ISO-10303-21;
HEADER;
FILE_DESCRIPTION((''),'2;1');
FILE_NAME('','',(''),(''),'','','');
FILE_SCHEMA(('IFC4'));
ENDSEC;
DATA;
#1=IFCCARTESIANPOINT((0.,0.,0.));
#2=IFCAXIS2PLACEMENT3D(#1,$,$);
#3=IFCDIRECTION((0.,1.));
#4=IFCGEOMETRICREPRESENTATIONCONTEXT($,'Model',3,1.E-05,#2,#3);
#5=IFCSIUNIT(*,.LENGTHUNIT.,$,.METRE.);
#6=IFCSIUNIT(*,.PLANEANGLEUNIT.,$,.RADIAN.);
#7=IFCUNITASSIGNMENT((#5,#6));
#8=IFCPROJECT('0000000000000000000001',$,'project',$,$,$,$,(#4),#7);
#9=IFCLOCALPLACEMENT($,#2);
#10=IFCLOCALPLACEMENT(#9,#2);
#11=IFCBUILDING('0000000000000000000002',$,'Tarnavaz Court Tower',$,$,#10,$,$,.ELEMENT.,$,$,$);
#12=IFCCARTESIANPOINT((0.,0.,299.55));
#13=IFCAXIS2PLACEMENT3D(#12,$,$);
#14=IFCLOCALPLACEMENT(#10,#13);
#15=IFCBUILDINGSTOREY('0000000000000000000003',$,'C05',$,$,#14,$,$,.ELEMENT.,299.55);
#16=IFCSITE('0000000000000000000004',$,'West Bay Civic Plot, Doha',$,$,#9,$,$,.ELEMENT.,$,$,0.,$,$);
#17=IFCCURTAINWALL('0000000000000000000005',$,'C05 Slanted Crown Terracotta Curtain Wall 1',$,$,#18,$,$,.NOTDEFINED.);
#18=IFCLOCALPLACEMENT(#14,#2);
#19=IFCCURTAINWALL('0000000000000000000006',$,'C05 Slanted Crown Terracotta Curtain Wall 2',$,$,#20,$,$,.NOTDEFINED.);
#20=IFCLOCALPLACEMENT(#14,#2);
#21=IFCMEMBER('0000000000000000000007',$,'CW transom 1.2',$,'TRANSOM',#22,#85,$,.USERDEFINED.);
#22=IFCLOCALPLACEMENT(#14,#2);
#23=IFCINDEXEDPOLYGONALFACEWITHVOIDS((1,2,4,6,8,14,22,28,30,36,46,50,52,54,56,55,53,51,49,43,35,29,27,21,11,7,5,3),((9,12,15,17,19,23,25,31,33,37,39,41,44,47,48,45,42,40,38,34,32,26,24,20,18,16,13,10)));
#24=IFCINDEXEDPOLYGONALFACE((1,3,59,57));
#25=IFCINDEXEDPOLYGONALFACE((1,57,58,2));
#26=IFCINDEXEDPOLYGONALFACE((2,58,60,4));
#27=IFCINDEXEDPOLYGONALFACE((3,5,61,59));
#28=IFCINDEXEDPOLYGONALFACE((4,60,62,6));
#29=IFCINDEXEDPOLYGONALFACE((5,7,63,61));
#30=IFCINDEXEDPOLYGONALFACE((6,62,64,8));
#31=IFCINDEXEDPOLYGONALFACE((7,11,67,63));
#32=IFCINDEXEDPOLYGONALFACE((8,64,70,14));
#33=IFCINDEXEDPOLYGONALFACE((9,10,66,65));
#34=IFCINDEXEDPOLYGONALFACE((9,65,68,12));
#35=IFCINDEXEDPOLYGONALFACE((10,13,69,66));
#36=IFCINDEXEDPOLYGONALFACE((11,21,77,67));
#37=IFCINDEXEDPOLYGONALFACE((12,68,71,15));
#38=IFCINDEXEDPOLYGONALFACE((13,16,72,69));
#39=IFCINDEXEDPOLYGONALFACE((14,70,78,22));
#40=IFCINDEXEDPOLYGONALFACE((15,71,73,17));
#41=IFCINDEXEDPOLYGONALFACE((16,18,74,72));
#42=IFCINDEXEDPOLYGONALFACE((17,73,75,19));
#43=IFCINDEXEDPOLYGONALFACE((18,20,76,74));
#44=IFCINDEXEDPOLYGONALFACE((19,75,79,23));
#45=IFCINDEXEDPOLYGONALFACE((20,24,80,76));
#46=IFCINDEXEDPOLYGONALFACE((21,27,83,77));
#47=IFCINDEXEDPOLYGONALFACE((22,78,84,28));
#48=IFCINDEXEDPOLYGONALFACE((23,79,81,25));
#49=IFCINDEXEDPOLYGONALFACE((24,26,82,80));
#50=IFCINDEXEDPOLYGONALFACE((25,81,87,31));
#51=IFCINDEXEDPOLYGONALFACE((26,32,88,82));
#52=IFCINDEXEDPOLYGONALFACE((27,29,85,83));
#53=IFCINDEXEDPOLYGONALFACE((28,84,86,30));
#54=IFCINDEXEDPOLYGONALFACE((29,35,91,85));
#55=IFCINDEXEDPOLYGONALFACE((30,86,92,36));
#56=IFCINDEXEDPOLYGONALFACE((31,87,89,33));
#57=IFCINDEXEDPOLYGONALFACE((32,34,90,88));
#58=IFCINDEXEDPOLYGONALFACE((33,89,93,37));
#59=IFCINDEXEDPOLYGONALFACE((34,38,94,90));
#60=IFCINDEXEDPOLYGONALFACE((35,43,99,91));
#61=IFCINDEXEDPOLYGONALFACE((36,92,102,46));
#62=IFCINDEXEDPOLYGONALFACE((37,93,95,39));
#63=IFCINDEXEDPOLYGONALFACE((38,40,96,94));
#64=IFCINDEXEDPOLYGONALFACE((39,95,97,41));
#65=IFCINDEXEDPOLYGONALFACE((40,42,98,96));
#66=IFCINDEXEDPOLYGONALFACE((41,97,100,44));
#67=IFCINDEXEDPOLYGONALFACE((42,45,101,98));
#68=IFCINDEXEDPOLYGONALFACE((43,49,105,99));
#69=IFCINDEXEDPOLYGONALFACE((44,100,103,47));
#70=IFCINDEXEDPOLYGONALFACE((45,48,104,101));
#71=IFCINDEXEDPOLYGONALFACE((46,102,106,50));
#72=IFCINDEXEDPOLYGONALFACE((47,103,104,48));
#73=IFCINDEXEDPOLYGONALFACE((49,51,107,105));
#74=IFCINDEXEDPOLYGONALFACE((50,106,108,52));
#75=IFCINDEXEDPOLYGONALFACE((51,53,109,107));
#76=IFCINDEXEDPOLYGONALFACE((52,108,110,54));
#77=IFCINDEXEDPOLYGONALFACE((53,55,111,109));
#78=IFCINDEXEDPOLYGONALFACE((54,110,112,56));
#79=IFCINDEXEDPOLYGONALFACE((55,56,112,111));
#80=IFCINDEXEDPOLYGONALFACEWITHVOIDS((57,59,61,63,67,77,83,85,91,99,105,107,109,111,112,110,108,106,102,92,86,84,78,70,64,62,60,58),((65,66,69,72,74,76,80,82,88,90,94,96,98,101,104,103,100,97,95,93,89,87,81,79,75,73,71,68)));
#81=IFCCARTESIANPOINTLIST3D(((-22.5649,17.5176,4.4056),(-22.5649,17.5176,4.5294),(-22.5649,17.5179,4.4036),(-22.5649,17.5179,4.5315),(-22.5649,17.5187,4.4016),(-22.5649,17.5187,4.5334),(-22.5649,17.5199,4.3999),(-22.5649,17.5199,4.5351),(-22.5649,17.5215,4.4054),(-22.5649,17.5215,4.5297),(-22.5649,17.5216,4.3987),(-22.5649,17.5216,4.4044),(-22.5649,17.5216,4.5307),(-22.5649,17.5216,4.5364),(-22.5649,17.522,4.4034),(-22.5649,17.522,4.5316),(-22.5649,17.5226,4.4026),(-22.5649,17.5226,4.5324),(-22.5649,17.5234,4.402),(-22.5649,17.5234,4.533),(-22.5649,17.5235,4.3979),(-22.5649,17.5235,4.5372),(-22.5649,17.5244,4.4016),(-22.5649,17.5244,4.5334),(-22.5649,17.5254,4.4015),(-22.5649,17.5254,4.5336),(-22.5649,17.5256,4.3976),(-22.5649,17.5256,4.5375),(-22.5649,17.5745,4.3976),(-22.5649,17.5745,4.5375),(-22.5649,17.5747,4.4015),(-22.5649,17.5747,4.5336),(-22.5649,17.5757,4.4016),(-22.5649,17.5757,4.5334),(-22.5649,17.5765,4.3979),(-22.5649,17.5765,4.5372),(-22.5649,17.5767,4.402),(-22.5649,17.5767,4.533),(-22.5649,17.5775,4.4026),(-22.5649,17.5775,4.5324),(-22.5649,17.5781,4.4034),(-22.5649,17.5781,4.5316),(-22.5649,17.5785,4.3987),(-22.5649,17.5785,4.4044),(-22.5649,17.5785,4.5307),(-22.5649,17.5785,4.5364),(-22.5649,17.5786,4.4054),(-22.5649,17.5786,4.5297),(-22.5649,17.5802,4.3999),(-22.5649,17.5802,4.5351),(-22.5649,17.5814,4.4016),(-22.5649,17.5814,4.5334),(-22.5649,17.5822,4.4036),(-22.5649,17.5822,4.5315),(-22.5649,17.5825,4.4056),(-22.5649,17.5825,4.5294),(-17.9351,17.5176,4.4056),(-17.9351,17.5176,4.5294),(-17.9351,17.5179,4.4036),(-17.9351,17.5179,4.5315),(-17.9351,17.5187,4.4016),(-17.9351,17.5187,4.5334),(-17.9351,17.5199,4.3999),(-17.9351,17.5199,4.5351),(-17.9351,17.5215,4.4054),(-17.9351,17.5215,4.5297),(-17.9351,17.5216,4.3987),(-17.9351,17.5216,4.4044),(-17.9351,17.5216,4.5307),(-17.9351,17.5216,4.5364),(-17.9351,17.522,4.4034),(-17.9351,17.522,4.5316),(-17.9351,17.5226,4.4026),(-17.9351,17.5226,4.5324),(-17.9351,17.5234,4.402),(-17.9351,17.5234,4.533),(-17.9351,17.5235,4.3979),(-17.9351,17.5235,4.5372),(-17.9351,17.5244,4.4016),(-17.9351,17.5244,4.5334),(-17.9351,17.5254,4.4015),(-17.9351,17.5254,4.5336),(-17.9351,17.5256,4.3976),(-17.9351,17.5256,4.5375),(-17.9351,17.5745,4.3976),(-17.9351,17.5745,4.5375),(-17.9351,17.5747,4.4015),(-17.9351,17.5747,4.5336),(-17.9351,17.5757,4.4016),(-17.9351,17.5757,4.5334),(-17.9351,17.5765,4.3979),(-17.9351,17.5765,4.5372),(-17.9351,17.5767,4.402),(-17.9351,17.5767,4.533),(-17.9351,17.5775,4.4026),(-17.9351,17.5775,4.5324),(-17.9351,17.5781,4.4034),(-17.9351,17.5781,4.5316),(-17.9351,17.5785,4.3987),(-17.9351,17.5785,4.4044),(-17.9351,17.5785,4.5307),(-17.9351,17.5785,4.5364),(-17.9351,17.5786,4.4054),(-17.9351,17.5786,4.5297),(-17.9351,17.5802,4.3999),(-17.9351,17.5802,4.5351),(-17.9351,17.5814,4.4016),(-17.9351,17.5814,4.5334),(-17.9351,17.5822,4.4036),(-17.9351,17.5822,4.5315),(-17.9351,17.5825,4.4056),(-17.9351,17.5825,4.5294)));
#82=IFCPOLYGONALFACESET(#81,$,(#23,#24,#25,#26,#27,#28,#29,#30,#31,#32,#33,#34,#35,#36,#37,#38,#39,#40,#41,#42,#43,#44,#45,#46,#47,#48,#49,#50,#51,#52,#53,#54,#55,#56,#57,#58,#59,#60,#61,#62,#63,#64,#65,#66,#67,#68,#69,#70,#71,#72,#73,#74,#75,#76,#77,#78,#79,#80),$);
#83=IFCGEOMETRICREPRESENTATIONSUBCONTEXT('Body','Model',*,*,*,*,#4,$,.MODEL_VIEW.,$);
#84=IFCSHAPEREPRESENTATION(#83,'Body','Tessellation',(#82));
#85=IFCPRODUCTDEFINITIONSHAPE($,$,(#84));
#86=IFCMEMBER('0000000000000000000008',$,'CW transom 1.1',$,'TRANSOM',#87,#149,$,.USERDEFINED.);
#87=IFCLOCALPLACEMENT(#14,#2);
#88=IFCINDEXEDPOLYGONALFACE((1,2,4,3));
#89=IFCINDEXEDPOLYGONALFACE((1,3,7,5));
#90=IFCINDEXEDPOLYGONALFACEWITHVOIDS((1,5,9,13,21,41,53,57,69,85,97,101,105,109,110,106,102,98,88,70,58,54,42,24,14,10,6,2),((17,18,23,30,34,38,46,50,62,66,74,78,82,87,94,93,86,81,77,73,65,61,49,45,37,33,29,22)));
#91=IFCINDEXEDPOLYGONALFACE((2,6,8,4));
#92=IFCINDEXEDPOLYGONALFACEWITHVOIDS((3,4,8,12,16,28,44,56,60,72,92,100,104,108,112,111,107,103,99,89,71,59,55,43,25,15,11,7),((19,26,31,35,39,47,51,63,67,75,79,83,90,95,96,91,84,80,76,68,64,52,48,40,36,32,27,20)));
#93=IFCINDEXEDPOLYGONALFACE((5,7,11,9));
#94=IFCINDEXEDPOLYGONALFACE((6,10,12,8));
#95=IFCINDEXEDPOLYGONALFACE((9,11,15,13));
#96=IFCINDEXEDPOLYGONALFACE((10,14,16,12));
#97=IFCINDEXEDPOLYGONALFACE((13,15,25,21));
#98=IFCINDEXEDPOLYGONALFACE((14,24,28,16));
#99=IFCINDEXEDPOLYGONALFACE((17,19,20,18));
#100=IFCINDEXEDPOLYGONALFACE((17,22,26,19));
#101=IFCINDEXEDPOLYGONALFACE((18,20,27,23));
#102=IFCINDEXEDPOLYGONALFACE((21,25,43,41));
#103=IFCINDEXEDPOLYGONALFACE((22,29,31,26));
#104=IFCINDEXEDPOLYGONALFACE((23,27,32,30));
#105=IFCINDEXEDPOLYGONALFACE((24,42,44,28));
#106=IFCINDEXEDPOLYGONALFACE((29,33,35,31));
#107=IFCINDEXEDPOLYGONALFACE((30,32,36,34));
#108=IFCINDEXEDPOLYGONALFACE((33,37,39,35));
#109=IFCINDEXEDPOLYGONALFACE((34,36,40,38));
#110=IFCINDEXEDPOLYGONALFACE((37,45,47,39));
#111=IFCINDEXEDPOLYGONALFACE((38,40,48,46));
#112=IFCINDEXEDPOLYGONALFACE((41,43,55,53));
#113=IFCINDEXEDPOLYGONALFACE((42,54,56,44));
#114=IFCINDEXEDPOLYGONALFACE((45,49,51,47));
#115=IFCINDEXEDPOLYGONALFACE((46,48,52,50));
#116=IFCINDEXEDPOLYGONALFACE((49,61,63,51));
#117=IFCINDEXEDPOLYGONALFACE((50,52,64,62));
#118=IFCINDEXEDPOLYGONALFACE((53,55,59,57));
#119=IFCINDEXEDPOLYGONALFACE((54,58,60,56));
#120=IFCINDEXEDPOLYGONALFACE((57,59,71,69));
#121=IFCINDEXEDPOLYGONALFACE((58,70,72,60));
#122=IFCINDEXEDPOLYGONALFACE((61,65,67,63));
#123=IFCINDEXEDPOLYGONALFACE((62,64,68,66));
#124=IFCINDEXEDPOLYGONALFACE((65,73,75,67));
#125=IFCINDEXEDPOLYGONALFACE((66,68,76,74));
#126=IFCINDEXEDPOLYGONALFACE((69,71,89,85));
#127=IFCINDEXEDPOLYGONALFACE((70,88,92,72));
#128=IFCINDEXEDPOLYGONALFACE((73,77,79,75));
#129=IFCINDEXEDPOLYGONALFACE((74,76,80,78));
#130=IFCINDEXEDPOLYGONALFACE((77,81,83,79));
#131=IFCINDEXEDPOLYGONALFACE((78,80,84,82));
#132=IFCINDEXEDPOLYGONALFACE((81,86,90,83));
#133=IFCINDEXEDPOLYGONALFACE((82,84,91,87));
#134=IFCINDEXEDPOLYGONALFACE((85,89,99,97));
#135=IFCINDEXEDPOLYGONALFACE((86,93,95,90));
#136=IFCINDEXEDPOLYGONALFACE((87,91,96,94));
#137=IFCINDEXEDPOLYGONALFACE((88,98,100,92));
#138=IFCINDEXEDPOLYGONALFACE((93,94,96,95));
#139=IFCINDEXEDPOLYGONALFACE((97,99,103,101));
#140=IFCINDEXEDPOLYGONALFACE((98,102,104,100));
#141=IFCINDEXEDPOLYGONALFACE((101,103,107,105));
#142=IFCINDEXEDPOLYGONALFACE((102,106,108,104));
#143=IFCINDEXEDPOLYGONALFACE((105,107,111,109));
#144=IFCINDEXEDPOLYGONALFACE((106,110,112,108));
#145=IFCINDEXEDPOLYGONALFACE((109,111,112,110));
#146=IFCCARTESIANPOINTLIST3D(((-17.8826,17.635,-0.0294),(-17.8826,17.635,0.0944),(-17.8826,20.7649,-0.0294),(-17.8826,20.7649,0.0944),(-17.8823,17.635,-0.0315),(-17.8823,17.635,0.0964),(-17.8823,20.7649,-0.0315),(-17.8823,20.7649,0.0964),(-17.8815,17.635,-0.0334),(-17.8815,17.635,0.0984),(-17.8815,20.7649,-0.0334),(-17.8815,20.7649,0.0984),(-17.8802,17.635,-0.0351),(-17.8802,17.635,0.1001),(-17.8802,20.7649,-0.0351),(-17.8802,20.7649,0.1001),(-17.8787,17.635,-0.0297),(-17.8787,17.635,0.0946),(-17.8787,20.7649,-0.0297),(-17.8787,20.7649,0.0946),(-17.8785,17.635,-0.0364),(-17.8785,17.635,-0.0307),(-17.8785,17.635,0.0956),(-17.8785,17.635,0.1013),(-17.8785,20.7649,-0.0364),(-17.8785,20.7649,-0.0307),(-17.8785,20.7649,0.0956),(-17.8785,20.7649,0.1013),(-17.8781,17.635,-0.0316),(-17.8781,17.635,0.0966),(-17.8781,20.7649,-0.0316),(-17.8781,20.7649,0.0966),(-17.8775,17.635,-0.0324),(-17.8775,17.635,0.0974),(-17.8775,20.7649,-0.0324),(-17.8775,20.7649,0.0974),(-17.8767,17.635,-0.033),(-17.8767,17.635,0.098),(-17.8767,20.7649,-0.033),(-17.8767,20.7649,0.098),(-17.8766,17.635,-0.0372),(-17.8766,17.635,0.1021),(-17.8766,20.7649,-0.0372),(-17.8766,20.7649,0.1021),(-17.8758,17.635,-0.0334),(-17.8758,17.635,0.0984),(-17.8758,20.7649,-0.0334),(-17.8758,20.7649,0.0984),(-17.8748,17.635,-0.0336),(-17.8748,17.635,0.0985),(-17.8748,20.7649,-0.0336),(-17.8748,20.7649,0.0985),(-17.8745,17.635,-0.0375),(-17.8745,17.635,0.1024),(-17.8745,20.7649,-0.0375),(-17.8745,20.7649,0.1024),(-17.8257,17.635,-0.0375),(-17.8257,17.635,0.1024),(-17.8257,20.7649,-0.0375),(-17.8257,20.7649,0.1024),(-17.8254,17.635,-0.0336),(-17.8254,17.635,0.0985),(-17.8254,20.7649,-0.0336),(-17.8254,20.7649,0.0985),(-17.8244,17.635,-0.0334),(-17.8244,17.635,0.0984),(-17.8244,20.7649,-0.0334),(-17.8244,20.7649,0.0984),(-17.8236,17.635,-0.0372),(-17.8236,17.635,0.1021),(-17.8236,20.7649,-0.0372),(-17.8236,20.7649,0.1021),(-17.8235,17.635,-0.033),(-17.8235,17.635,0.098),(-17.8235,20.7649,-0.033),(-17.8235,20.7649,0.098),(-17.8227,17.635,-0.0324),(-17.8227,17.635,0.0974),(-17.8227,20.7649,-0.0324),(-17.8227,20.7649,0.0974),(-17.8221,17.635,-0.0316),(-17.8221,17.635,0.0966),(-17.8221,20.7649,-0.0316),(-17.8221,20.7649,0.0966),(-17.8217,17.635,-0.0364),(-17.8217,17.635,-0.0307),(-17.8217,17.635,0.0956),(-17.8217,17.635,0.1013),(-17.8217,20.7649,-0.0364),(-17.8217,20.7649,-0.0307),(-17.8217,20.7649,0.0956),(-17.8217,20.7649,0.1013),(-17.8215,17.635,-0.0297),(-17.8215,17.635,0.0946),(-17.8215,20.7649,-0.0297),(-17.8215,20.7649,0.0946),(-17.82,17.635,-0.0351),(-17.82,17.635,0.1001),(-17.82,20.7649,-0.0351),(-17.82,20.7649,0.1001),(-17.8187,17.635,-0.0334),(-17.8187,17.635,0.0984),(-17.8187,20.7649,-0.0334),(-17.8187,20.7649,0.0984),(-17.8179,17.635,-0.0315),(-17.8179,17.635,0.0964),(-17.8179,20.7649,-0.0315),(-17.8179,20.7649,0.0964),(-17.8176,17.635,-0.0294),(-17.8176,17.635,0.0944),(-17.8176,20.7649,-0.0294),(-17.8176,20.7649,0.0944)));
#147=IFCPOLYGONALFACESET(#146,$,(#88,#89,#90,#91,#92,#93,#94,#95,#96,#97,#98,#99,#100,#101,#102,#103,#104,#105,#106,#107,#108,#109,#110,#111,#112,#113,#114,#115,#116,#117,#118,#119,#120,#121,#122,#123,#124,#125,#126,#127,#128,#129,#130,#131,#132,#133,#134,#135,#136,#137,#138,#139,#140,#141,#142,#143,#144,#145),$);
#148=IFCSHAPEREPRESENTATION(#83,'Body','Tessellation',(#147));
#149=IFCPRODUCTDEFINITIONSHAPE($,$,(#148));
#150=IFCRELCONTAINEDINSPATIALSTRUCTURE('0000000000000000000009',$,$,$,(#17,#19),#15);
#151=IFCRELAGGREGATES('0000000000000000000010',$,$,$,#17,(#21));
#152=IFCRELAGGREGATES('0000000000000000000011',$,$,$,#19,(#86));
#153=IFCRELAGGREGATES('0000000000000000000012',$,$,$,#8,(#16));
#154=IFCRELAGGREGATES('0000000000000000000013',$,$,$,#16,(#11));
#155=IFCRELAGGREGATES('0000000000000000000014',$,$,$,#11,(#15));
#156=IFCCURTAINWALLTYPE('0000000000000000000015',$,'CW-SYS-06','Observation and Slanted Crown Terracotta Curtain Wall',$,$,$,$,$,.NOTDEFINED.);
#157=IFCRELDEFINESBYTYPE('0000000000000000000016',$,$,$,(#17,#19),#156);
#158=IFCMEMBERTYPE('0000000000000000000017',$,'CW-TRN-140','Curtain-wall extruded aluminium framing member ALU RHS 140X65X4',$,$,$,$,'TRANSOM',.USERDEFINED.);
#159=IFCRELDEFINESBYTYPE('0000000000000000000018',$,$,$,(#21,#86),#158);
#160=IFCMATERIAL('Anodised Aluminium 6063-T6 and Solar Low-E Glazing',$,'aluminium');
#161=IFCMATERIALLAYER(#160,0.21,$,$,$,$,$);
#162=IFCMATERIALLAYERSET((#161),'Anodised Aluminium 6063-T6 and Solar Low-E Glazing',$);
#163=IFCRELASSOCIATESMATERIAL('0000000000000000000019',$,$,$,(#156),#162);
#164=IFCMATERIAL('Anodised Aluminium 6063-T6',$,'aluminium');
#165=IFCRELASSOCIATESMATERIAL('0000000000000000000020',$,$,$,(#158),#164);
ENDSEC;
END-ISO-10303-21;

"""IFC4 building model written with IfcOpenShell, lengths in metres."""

from ifc_helpers import new_model, si_unit, direction, frame, origin, origin_2d, place, context, subcontext, project, spatial, hollow_rectangle, extrude, material, layer, layer_set, material_profile, profile_set, type_object, element, aggregate, save


model = new_model("IFC4")

# Units and contexts
model_context = context("Model", 3, precision=1e-05, world=origin(), true_north=direction((0.0, 1.0)))
body_context = subcontext(model_context, "Body", "Model", "MODEL_VIEW")
ifc_project = project(units=[si_unit("LENGTHUNIT", "METRE"), si_unit("PLANEANGLEUNIT", "RADIAN")], contexts=[model_context])

# Site, building, storey
site_placement = place(None, origin())
site = spatial("IfcSite", under=ifc_project, at=site_placement, Name="West Bay Civic Plot, Doha", CompositionType="ELEMENT", RefElevation=0.0)
building_placement = place(site_placement, origin())
building = spatial("IfcBuilding", under=site, at=building_placement, Name="Tarnavaz Court Tower", CompositionType="ELEMENT")
storey_placement = place(building_placement, frame((0.0, 0.0, 299.55)))
storey = spatial("IfcBuildingStorey", under=building, at=storey_placement, Name="C05", CompositionType="ELEMENT", Elevation=299.55)

# Curtain wall
ifc_material_1 = material(Name="Anodised Aluminium 6063-T6 and Solar Low-E Glazing", Category="aluminium")
ifc_layer_1 = layer(ifc_material_1, 0.21)
ifc_layer_set_1 = layer_set([ifc_layer_1], Name="Anodised Aluminium 6063-T6 and Solar Low-E Glazing")
curtain_wall_type = type_object("IfcCurtainWallType", Name="CW-SYS-06", Description="Observation and Slanted Crown Terracotta Curtain Wall", PredefinedType="NOTDEFINED", material=ifc_layer_set_1)
curtain_wall_1_placement = place(storey_placement, origin())
curtain_wall_1 = element("IfcCurtainWall", 1, at=curtain_wall_1_placement, inside=storey, type_object=curtain_wall_type, Name="C05 Slanted Crown Terracotta Curtain Wall 1", PredefinedType="NOTDEFINED")
ifc_material_2 = material(Name="Anodised Aluminium 6063-T6", Category="aluminium")

# Curtain wall
curtain_wall_2_placement = place(storey_placement, origin())
curtain_wall_2 = element("IfcCurtainWall", 2, at=curtain_wall_2_placement, inside=storey, type_object=curtain_wall_type, Name="C05 Slanted Crown Terracotta Curtain Wall 2", PredefinedType="NOTDEFINED")

# Members
ifc_material_profile_1 = material_profile(ifc_material_2, hollow_rectangle(XDim=0.0649, YDim=0.1399, WallThickness=0.0039, InnerFilletRadius=0.0039, OuterFilletRadius=0.0081, at=origin_2d()), Name="ALU RHS 140X65X4")
ifc_profile_set_1 = profile_set([ifc_material_profile_1], Name="Anodised Aluminium 6063-T6")
member_type_1 = type_object("IfcMemberType", Name="CW-TRN-140", Description="Curtain-wall extruded aluminium framing member ALU RHS 140X65X4", ElementType="TRANSOM", PredefinedType="USERDEFINED", material=ifc_profile_set_1)
member_1_placement = place(storey_placement, frame((-22.5649, 17.55, 4.4675), z_axis=(1.0, 0.0, 0.0), x_axis=(0.0, 1.0, 0.0)))
member_1 = element("IfcMember", 3, at=member_1_placement, type_object=member_type_1, Name="CW transom 1.2", ObjectType="TRANSOM", PredefinedType="USERDEFINED", context=body_context, shape_type="SweptSolid", body=[
    extrude(hollow_rectangle(XDim=0.0649, YDim=0.1399, WallThickness=0.0039, InnerFilletRadius=0.0039, OuterFilletRadius=0.0081, at=origin_2d()), origin(), (0.0, 0.0, 1.0), 4.6299),
])
member_2_placement = place(storey_placement, frame((-17.8501, 17.635, 0.0325), z_axis=(0.0, 1.0, 0.0), x_axis=(-1.0, 0.0, 0.0)))
member_2 = element("IfcMember", 4, at=member_2_placement, type_object=member_type_1, Name="CW transom 1.1", ObjectType="TRANSOM", PredefinedType="USERDEFINED", context=body_context, shape_type="SweptSolid", body=[
    extrude(hollow_rectangle(XDim=0.0649, YDim=0.1399, WallThickness=0.0039, InnerFilletRadius=0.0039, OuterFilletRadius=0.0081, at=origin_2d()), origin(), (0.0, 0.0, 1.0), 3.1299),
])

aggregate(curtain_wall_1, [member_1])
aggregate(curtain_wall_2, [member_2])

save(model, "model.ifc")
